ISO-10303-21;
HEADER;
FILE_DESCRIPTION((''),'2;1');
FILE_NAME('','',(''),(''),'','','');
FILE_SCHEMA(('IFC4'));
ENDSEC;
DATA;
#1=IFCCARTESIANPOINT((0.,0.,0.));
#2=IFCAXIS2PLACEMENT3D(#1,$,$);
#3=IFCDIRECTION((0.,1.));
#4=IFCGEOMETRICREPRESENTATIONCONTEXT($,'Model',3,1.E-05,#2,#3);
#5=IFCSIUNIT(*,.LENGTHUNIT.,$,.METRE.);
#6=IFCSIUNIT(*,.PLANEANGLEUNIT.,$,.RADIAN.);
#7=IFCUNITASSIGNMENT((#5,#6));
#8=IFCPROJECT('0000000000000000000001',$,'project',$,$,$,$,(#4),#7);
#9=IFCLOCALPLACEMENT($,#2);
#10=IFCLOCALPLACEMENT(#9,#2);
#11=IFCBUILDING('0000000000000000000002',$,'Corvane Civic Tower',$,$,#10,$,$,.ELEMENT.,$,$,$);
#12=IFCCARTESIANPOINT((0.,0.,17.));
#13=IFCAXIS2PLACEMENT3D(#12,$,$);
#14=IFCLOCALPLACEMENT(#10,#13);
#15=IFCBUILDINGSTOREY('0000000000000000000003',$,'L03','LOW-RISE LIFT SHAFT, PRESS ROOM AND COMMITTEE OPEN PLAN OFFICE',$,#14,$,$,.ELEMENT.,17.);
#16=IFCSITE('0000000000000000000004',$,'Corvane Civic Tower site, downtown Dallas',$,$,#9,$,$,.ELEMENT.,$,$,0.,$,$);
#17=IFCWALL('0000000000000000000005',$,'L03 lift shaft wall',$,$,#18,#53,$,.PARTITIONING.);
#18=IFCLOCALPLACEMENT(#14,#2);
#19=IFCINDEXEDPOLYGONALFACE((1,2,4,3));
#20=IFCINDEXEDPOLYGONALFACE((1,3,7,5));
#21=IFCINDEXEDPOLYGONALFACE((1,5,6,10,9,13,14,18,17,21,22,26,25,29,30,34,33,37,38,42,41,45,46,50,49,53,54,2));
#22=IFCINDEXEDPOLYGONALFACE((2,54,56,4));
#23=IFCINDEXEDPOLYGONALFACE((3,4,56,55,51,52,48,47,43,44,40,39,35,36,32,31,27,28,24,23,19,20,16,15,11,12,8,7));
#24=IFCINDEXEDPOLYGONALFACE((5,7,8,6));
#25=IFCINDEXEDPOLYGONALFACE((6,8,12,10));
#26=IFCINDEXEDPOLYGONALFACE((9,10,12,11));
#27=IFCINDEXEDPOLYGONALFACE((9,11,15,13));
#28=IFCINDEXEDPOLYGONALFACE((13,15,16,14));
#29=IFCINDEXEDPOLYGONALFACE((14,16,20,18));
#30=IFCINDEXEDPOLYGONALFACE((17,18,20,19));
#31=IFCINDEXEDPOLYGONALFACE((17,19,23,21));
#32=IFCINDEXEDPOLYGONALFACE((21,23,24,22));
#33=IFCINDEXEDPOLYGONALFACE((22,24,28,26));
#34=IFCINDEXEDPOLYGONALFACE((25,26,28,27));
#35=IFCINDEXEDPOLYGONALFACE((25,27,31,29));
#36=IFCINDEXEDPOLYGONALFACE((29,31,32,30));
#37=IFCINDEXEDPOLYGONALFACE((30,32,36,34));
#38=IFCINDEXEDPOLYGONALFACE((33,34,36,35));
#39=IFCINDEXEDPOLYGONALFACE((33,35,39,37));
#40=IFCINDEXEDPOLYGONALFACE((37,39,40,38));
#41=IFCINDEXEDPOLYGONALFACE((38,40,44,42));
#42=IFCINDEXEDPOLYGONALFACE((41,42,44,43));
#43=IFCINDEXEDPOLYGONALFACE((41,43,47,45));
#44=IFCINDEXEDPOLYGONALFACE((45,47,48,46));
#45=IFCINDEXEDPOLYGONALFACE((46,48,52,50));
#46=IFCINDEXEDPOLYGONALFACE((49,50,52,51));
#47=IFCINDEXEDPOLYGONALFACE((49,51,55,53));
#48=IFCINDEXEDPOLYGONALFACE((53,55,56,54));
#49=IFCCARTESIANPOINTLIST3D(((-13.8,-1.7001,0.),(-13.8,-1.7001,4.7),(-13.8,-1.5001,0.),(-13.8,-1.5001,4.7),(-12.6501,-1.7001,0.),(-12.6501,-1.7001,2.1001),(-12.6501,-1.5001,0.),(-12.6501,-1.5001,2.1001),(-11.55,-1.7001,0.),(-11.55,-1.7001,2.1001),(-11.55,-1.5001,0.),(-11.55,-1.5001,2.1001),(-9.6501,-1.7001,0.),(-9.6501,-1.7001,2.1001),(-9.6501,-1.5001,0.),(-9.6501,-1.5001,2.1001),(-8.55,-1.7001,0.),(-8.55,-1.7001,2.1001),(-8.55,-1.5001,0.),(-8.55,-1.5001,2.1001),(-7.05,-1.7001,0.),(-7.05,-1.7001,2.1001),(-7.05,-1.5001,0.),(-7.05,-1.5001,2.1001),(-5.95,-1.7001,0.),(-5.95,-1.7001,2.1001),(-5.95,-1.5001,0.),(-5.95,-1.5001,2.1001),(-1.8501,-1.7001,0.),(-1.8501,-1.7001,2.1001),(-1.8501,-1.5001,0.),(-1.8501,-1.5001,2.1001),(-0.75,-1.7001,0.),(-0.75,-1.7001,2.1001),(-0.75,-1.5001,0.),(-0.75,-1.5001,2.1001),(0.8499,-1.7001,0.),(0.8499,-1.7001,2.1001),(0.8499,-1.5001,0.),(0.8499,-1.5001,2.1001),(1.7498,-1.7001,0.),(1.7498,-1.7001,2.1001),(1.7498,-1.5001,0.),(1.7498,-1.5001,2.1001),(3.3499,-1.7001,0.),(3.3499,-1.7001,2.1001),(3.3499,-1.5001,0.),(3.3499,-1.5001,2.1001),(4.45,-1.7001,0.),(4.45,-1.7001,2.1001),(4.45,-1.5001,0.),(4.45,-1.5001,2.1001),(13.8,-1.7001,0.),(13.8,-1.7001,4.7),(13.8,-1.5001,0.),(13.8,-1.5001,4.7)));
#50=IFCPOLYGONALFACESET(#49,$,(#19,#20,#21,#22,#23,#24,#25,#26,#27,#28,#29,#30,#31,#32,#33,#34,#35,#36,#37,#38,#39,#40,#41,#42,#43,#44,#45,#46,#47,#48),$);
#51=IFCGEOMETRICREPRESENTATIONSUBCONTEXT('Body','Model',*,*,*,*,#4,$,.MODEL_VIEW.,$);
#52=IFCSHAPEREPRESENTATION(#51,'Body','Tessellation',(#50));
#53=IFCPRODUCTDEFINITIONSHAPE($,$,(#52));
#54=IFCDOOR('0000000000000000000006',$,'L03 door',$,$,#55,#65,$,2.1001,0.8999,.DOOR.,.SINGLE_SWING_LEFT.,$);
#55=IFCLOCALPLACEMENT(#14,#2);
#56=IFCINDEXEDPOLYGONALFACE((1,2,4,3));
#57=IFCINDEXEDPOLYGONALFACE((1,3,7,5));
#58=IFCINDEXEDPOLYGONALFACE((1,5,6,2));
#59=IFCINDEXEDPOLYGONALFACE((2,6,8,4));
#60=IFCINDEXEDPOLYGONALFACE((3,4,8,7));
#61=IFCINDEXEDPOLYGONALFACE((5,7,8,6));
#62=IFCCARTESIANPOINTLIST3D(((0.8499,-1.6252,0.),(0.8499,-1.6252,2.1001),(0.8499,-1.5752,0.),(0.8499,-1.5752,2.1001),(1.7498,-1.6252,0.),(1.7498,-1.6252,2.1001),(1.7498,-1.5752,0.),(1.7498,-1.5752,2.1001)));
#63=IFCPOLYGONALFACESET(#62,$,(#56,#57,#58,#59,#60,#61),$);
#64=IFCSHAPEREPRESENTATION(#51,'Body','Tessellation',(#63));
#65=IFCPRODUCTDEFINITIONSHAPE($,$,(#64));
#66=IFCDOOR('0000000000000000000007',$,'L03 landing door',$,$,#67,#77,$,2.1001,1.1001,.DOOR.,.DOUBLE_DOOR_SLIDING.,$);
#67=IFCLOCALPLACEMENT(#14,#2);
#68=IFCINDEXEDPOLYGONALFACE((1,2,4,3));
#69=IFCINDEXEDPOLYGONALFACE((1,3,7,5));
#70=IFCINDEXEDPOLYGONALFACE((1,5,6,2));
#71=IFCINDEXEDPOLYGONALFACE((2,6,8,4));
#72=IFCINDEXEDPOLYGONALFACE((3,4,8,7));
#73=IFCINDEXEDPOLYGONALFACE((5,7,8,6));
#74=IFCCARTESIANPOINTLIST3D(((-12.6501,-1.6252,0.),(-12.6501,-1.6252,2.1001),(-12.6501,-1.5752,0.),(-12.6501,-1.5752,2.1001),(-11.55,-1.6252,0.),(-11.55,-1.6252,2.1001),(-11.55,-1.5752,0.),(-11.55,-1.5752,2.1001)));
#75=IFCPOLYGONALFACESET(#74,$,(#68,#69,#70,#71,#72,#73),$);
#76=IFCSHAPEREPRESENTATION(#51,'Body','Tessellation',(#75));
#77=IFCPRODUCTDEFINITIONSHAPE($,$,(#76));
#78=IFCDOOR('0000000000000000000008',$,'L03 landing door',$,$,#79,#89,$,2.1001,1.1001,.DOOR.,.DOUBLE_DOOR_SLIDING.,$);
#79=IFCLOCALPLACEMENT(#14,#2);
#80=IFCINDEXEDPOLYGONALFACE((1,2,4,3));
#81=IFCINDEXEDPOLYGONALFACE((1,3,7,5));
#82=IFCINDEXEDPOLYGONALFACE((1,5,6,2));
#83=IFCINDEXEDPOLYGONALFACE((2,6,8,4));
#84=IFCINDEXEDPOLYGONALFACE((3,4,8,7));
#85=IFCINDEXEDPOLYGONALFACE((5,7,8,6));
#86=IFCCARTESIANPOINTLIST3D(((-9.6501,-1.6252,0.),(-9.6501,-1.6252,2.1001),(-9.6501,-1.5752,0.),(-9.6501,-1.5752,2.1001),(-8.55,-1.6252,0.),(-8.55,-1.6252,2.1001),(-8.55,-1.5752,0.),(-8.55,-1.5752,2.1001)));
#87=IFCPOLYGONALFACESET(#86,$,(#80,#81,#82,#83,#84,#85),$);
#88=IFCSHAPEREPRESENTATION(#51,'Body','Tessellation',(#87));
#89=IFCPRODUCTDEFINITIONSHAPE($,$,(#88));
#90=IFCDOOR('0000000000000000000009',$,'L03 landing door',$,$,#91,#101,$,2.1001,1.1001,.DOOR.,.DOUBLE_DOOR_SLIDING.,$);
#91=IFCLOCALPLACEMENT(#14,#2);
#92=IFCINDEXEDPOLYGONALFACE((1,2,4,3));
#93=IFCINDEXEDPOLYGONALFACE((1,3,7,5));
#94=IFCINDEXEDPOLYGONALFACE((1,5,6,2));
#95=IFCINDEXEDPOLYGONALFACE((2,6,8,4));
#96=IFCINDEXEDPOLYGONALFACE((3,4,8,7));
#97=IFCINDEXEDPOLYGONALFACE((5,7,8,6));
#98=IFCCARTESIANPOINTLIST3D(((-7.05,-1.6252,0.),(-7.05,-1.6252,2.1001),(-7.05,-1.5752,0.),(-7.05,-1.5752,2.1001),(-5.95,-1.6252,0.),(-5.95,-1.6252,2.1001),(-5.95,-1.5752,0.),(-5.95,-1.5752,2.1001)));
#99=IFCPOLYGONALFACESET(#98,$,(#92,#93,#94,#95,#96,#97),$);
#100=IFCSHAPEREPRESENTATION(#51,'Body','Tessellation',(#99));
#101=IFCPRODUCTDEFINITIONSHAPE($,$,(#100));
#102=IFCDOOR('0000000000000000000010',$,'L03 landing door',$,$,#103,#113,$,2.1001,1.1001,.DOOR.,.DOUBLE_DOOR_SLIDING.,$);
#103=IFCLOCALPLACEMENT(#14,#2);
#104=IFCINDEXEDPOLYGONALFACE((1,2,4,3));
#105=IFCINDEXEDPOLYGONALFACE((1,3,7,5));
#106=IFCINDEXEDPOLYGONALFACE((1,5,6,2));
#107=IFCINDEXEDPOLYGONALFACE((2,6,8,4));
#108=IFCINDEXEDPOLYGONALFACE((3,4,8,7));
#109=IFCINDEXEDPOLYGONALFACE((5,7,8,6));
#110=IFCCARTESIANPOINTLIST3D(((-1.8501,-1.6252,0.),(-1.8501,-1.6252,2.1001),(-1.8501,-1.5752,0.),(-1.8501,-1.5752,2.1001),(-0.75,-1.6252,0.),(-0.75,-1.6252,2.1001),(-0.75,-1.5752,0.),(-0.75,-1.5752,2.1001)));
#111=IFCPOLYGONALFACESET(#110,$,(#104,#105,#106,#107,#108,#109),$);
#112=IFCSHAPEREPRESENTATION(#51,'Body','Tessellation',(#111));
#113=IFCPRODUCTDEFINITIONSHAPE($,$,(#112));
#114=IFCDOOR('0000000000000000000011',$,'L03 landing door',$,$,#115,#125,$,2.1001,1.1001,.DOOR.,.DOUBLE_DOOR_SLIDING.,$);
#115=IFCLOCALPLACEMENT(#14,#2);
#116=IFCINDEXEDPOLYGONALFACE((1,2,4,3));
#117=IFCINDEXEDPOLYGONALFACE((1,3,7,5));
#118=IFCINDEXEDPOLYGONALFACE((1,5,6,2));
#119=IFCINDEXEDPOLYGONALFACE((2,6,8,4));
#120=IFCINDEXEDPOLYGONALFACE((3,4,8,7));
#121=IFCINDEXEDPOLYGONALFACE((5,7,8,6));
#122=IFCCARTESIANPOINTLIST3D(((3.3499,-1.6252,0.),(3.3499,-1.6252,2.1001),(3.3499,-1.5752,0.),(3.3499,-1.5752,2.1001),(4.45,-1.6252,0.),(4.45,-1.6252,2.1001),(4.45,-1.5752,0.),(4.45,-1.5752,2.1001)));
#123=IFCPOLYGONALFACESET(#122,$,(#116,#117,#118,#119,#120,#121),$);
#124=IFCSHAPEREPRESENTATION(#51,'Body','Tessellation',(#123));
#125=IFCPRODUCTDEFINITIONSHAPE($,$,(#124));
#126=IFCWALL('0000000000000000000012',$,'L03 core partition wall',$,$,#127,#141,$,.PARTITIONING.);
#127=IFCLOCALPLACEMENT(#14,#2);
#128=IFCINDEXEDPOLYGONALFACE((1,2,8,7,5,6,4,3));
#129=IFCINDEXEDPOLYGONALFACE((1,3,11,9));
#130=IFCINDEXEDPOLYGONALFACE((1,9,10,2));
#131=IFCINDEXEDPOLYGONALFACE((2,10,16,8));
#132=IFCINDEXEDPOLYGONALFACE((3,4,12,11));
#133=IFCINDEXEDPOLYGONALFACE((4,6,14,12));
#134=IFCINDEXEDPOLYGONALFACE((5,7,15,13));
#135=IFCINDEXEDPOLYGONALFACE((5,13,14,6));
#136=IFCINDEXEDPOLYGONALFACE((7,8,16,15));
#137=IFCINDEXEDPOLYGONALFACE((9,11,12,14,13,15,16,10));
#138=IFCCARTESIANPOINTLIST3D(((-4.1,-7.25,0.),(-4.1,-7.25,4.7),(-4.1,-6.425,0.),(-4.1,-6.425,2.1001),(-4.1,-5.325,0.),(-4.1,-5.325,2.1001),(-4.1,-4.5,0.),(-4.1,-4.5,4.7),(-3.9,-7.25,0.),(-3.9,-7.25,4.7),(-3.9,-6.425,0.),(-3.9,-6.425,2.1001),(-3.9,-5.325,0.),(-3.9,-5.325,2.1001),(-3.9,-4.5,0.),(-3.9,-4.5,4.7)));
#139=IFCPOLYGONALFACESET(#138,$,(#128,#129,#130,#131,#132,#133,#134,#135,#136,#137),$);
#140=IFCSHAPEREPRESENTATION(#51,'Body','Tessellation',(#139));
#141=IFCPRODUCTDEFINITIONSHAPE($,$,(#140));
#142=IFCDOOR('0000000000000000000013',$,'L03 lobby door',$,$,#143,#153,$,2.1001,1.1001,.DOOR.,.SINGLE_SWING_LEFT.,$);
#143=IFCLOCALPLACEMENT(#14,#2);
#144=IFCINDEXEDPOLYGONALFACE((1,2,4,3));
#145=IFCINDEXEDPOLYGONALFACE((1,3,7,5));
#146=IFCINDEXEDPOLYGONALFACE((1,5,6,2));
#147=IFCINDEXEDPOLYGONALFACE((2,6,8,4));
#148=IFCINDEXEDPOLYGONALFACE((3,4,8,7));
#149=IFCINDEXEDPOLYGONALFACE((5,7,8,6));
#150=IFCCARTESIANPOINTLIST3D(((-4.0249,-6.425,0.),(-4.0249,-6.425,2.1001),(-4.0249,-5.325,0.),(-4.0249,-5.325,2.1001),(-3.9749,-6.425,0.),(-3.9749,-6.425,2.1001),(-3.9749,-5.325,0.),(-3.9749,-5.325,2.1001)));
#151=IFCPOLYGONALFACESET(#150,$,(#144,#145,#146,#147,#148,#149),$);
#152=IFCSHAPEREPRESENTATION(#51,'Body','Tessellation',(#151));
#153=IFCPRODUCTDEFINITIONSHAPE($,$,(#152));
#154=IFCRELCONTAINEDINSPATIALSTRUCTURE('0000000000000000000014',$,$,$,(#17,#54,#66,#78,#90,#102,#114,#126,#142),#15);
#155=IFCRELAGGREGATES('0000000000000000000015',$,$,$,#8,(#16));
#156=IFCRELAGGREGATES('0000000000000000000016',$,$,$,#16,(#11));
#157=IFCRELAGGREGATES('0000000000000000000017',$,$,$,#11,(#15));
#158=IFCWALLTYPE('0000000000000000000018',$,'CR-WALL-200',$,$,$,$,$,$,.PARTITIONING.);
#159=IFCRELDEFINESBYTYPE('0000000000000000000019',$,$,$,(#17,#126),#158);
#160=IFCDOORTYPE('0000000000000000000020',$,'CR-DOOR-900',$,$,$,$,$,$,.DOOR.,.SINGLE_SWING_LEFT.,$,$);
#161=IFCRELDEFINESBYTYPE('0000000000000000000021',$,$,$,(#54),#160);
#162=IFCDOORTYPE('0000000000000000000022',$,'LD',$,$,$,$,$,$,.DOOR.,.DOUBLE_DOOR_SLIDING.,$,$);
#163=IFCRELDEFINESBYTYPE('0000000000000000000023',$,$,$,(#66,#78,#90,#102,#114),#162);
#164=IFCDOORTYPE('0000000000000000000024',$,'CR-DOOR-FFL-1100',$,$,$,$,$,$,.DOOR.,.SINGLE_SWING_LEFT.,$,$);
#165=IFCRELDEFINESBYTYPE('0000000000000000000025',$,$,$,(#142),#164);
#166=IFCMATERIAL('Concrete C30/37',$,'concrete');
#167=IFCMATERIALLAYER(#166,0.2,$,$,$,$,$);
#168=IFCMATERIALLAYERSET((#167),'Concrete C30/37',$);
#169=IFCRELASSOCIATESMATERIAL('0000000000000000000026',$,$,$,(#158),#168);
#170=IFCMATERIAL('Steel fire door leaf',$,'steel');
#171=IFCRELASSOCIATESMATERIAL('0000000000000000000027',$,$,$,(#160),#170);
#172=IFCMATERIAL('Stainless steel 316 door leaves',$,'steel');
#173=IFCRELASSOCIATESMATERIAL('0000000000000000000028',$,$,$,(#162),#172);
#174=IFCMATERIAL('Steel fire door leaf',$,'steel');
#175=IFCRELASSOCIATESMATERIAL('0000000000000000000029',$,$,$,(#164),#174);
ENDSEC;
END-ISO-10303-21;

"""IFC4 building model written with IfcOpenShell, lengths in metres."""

from ifc_helpers import new_model, si_unit, direction, frame, frame_2d, origin, place, context, subcontext, project, spatial, rectangle, extrude, material, layer, layer_set, type_object, element, fill, save


model = new_model("IFC4")

# Units and contexts
model_context = context("Model", 3, precision=1e-05, world=origin(), true_north=direction((0.0, 1.0)))
body_context = subcontext(model_context, "Body", "Model", "MODEL_VIEW")
ifc_project = project(units=[si_unit("LENGTHUNIT", "METRE"), si_unit("PLANEANGLEUNIT", "RADIAN")], contexts=[model_context])

# Site, building, storey
site_placement = place(None, origin())
site = spatial("IfcSite", under=ifc_project, at=site_placement, Name="Corvane Civic Tower site, downtown Dallas", CompositionType="ELEMENT", RefElevation=0.0)
building_placement = place(site_placement, origin())
building = spatial("IfcBuilding", under=site, at=building_placement, Name="Corvane Civic Tower", CompositionType="ELEMENT")
storey_placement = place(building_placement, frame((0.0, 0.0, 17.0)))
storey = spatial("IfcBuildingStorey", under=building, at=storey_placement, Name="L03", Description="LOW-RISE LIFT SHAFT, PRESS ROOM AND COMMITTEE OPEN PLAN OFFICE", CompositionType="ELEMENT", Elevation=17.0)

# Shared definitions
ifc_material_1 = material(Name="Concrete C30/37", Category="concrete")
ifc_layer_1 = layer(ifc_material_1, 0.2)
ifc_layer_set_1 = layer_set([ifc_layer_1], Name="Concrete C30/37")
wall_type_1 = type_object("IfcWallType", Name="CR-WALL-200", PredefinedType="PARTITIONING", material=ifc_layer_set_1)
ifc_material_2 = material(Name="Steel fire door leaf", Category="steel")
door_type_1 = type_object("IfcDoorType", Name="CR-DOOR-900", OperationType="SINGLE_SWING_LEFT", PredefinedType="DOOR", material=ifc_material_2)

# Wall, openings, doors
wall_1_placement = place(storey_placement, frame((-13.8, -1.6001, 0.0), z_axis=(0.0, 0.0, 1.0), x_axis=(1.0, 0.0, 0.0)))
wall_1 = element("IfcWall", 1, at=wall_1_placement, inside=storey, type_object=wall_type_1, Name="L03 lift shaft wall", PredefinedType="PARTITIONING", context=body_context, shape_type="SweptSolid", body=[
    extrude(rectangle(XDim=27.6001, YDim=0.2, at=frame_2d((13.8, 0.0))), origin(), (0.0, 0.0, 1.0), 4.7),
])
opening_1_placement = place(wall_1_placement, frame((1.1499, 0.0, 0.0)))
opening_1 = element("IfcOpeningElement", 2, at=opening_1_placement, cuts=wall_1, PredefinedType="OPENING", context=body_context, shape_type="SweptSolid", body=[
    extrude(rectangle(XDim=1.1001, YDim=2.1001, at=frame_2d((0.55, 1.05))), frame((0.0, 0.1099, 0.0), z_axis=(0.0, -1.0, 0.0), x_axis=(1.0, 0.0, 0.0)), (0.0, 0.0, 1.0), 0.22),
])
opening_2_placement = place(wall_1_placement, frame((4.1499, 0.0, 0.0)))
opening_2 = element("IfcOpeningElement", 3, at=opening_2_placement, cuts=wall_1, PredefinedType="OPENING", context=body_context, shape_type="SweptSolid", body=[
    extrude(rectangle(XDim=1.1001, YDim=2.1001, at=frame_2d((0.55, 1.05))), frame((0.0, 0.1099, 0.0), z_axis=(0.0, -1.0, 0.0), x_axis=(1.0, 0.0, 0.0)), (0.0, 0.0, 1.0), 0.22),
])
opening_3_placement = place(wall_1_placement, frame((6.75, 0.0, 0.0)))
opening_3 = element("IfcOpeningElement", 4, at=opening_3_placement, cuts=wall_1, PredefinedType="OPENING", context=body_context, shape_type="SweptSolid", body=[
    extrude(rectangle(XDim=1.1001, YDim=2.1001, at=frame_2d((0.55, 1.05))), frame((0.0, 0.1099, 0.0), z_axis=(0.0, -1.0, 0.0), x_axis=(1.0, 0.0, 0.0)), (0.0, 0.0, 1.0), 0.22),
])
opening_4_placement = place(wall_1_placement, frame((11.95, 0.0, 0.0)))
opening_4 = element("IfcOpeningElement", 5, at=opening_4_placement, cuts=wall_1, PredefinedType="OPENING", context=body_context, shape_type="SweptSolid", body=[
    extrude(rectangle(XDim=1.1001, YDim=2.1001, at=frame_2d((0.55, 1.05))), frame((0.0, 0.1099, 0.0), z_axis=(0.0, -1.0, 0.0), x_axis=(1.0, 0.0, 0.0)), (0.0, 0.0, 1.0), 0.22),
])
opening_5_placement = place(wall_1_placement, frame((14.6499, 0.0, 0.0)))
opening_5 = element("IfcOpeningElement", 6, at=opening_5_placement, cuts=wall_1, PredefinedType="OPENING", context=body_context, shape_type="SweptSolid", body=[
    extrude(rectangle(XDim=0.8999, YDim=2.1001, at=frame_2d((0.45, 1.05))), frame((0.0, 0.1099, 0.0), z_axis=(0.0, -1.0, 0.0), x_axis=(1.0, 0.0, 0.0)), (0.0, 0.0, 1.0), 0.22),
])
opening_6_placement = place(wall_1_placement, frame((17.1499, 0.0, 0.0)))
opening_6 = element("IfcOpeningElement", 7, at=opening_6_placement, cuts=wall_1, PredefinedType="OPENING", context=body_context, shape_type="SweptSolid", body=[
    extrude(rectangle(XDim=1.1001, YDim=2.1001, at=frame_2d((0.55, 1.05))), frame((0.0, 0.1099, 0.0), z_axis=(0.0, -1.0, 0.0), x_axis=(1.0, 0.0, 0.0)), (0.0, 0.0, 1.0), 0.22),
])
door_1_placement = place(opening_5_placement, origin())
door_1 = element("IfcDoor", 8, at=door_1_placement, inside=storey, type_object=door_type_1, Name="L03 door", OperationType="SINGLE_SWING_LEFT", OverallHeight=2.1001, OverallWidth=0.8999, PredefinedType="DOOR", context=body_context, shape_type="SweptSolid", body=[
    extrude(rectangle(XDim=0.8999, YDim=2.1001, at=frame_2d((0.45, 1.05))), frame((0.0, 0.0249, 0.0), z_axis=(0.0, -1.0, 0.0), x_axis=(1.0, 0.0, 0.0)), (0.0, 0.0, 1.0), 0.05),
])
fill(opening_5, door_1)
ifc_material_3 = material(Name="Stainless steel 316 door leaves", Category="steel")
door_type_2 = type_object("IfcDoorType", Name="LD", OperationType="DOUBLE_DOOR_SLIDING", PredefinedType="DOOR", material=ifc_material_3)
door_2_placement = place(opening_1_placement, origin())
door_2 = element("IfcDoor", 9, at=door_2_placement, inside=storey, type_object=door_type_2, Name="L03 landing door", OperationType="DOUBLE_DOOR_SLIDING", OverallHeight=2.1001, OverallWidth=1.1001, PredefinedType="DOOR", context=body_context, shape_type="SweptSolid", body=[
    extrude(rectangle(XDim=1.1001, YDim=2.1001, at=frame_2d((0.55, 1.05))), frame((0.0, 0.0249, 0.0), z_axis=(0.0, -1.0, 0.0), x_axis=(1.0, 0.0, 0.0)), (0.0, 0.0, 1.0), 0.05),
])
fill(opening_1, door_2)
door_3_placement = place(opening_2_placement, origin())
door_3 = element("IfcDoor", 10, at=door_3_placement, inside=storey, type_object=door_type_2, Name="L03 landing door", OperationType="DOUBLE_DOOR_SLIDING", OverallHeight=2.1001, OverallWidth=1.1001, PredefinedType="DOOR", context=body_context, shape_type="SweptSolid", body=[
    extrude(rectangle(XDim=1.1001, YDim=2.1001, at=frame_2d((0.55, 1.05))), frame((0.0, 0.0249, 0.0), z_axis=(0.0, -1.0, 0.0), x_axis=(1.0, 0.0, 0.0)), (0.0, 0.0, 1.0), 0.05),
])
fill(opening_2, door_3)
door_4_placement = place(opening_3_placement, origin())
door_4 = element("IfcDoor", 11, at=door_4_placement, inside=storey, type_object=door_type_2, Name="L03 landing door", OperationType="DOUBLE_DOOR_SLIDING", OverallHeight=2.1001, OverallWidth=1.1001, PredefinedType="DOOR", context=body_context, shape_type="SweptSolid", body=[
    extrude(rectangle(XDim=1.1001, YDim=2.1001, at=frame_2d((0.55, 1.05))), frame((0.0, 0.0249, 0.0), z_axis=(0.0, -1.0, 0.0), x_axis=(1.0, 0.0, 0.0)), (0.0, 0.0, 1.0), 0.05),
])
fill(opening_3, door_4)
door_5_placement = place(opening_4_placement, origin())
door_5 = element("IfcDoor", 12, at=door_5_placement, inside=storey, type_object=door_type_2, Name="L03 landing door", OperationType="DOUBLE_DOOR_SLIDING", OverallHeight=2.1001, OverallWidth=1.1001, PredefinedType="DOOR", context=body_context, shape_type="SweptSolid", body=[
    extrude(rectangle(XDim=1.1001, YDim=2.1001, at=frame_2d((0.55, 1.05))), frame((0.0, 0.0249, 0.0), z_axis=(0.0, -1.0, 0.0), x_axis=(1.0, 0.0, 0.0)), (0.0, 0.0, 1.0), 0.05),
])
fill(opening_4, door_5)
door_6_placement = place(opening_6_placement, origin())
door_6 = element("IfcDoor", 13, at=door_6_placement, inside=storey, type_object=door_type_2, Name="L03 landing door", OperationType="DOUBLE_DOOR_SLIDING", OverallHeight=2.1001, OverallWidth=1.1001, PredefinedType="DOOR", context=body_context, shape_type="SweptSolid", body=[
    extrude(rectangle(XDim=1.1001, YDim=2.1001, at=frame_2d((0.55, 1.05))), frame((0.0, 0.0249, 0.0), z_axis=(0.0, -1.0, 0.0), x_axis=(1.0, 0.0, 0.0)), (0.0, 0.0, 1.0), 0.05),
])
fill(opening_6, door_6)

# Wall, opening, door
wall_2_placement = place(storey_placement, frame((-4.0, -7.25, 0.0), z_axis=(0.0, 0.0, 1.0), x_axis=(0.0, 1.0, 0.0)))
wall_2 = element("IfcWall", 14, at=wall_2_placement, inside=storey, type_object=wall_type_1, Name="L03 core partition wall", PredefinedType="PARTITIONING", context=body_context, shape_type="SweptSolid", body=[
    extrude(rectangle(XDim=2.75, YDim=0.2, at=frame_2d((1.375, 0.0))), origin(), (0.0, 0.0, 1.0), 4.7),
])
opening_7_placement = place(wall_2_placement, frame((0.825, 0.0, 0.0)))
opening_7 = element("IfcOpeningElement", 15, at=opening_7_placement, cuts=wall_2, PredefinedType="OPENING", context=body_context, shape_type="SweptSolid", body=[
    extrude(rectangle(XDim=1.1001, YDim=2.1001, at=frame_2d((0.55, 1.05))), frame((0.0, 0.1099, 0.0), z_axis=(0.0, -1.0, 0.0), x_axis=(1.0, 0.0, 0.0)), (0.0, 0.0, 1.0), 0.22),
])
ifc_material_4 = material(Name="Steel fire door leaf", Category="steel")
door_type_3 = type_object("IfcDoorType", Name="CR-DOOR-FFL-1100", OperationType="SINGLE_SWING_LEFT", PredefinedType="DOOR", material=ifc_material_4)
door_7_placement = place(opening_7_placement, origin())
door_7 = element("IfcDoor", 16, at=door_7_placement, inside=storey, type_object=door_type_3, Name="L03 lobby door", OperationType="SINGLE_SWING_LEFT", OverallHeight=2.1001, OverallWidth=1.1001, PredefinedType="DOOR", context=body_context, shape_type="SweptSolid", body=[
    extrude(rectangle(XDim=1.1001, YDim=2.1001, at=frame_2d((0.55, 1.05))), frame((0.0, 0.0249, 0.0), z_axis=(0.0, -1.0, 0.0), x_axis=(1.0, 0.0, 0.0)), (0.0, 0.0, 1.0), 0.05),
])
fill(opening_7, door_7)

save(model, "model.ifc")
